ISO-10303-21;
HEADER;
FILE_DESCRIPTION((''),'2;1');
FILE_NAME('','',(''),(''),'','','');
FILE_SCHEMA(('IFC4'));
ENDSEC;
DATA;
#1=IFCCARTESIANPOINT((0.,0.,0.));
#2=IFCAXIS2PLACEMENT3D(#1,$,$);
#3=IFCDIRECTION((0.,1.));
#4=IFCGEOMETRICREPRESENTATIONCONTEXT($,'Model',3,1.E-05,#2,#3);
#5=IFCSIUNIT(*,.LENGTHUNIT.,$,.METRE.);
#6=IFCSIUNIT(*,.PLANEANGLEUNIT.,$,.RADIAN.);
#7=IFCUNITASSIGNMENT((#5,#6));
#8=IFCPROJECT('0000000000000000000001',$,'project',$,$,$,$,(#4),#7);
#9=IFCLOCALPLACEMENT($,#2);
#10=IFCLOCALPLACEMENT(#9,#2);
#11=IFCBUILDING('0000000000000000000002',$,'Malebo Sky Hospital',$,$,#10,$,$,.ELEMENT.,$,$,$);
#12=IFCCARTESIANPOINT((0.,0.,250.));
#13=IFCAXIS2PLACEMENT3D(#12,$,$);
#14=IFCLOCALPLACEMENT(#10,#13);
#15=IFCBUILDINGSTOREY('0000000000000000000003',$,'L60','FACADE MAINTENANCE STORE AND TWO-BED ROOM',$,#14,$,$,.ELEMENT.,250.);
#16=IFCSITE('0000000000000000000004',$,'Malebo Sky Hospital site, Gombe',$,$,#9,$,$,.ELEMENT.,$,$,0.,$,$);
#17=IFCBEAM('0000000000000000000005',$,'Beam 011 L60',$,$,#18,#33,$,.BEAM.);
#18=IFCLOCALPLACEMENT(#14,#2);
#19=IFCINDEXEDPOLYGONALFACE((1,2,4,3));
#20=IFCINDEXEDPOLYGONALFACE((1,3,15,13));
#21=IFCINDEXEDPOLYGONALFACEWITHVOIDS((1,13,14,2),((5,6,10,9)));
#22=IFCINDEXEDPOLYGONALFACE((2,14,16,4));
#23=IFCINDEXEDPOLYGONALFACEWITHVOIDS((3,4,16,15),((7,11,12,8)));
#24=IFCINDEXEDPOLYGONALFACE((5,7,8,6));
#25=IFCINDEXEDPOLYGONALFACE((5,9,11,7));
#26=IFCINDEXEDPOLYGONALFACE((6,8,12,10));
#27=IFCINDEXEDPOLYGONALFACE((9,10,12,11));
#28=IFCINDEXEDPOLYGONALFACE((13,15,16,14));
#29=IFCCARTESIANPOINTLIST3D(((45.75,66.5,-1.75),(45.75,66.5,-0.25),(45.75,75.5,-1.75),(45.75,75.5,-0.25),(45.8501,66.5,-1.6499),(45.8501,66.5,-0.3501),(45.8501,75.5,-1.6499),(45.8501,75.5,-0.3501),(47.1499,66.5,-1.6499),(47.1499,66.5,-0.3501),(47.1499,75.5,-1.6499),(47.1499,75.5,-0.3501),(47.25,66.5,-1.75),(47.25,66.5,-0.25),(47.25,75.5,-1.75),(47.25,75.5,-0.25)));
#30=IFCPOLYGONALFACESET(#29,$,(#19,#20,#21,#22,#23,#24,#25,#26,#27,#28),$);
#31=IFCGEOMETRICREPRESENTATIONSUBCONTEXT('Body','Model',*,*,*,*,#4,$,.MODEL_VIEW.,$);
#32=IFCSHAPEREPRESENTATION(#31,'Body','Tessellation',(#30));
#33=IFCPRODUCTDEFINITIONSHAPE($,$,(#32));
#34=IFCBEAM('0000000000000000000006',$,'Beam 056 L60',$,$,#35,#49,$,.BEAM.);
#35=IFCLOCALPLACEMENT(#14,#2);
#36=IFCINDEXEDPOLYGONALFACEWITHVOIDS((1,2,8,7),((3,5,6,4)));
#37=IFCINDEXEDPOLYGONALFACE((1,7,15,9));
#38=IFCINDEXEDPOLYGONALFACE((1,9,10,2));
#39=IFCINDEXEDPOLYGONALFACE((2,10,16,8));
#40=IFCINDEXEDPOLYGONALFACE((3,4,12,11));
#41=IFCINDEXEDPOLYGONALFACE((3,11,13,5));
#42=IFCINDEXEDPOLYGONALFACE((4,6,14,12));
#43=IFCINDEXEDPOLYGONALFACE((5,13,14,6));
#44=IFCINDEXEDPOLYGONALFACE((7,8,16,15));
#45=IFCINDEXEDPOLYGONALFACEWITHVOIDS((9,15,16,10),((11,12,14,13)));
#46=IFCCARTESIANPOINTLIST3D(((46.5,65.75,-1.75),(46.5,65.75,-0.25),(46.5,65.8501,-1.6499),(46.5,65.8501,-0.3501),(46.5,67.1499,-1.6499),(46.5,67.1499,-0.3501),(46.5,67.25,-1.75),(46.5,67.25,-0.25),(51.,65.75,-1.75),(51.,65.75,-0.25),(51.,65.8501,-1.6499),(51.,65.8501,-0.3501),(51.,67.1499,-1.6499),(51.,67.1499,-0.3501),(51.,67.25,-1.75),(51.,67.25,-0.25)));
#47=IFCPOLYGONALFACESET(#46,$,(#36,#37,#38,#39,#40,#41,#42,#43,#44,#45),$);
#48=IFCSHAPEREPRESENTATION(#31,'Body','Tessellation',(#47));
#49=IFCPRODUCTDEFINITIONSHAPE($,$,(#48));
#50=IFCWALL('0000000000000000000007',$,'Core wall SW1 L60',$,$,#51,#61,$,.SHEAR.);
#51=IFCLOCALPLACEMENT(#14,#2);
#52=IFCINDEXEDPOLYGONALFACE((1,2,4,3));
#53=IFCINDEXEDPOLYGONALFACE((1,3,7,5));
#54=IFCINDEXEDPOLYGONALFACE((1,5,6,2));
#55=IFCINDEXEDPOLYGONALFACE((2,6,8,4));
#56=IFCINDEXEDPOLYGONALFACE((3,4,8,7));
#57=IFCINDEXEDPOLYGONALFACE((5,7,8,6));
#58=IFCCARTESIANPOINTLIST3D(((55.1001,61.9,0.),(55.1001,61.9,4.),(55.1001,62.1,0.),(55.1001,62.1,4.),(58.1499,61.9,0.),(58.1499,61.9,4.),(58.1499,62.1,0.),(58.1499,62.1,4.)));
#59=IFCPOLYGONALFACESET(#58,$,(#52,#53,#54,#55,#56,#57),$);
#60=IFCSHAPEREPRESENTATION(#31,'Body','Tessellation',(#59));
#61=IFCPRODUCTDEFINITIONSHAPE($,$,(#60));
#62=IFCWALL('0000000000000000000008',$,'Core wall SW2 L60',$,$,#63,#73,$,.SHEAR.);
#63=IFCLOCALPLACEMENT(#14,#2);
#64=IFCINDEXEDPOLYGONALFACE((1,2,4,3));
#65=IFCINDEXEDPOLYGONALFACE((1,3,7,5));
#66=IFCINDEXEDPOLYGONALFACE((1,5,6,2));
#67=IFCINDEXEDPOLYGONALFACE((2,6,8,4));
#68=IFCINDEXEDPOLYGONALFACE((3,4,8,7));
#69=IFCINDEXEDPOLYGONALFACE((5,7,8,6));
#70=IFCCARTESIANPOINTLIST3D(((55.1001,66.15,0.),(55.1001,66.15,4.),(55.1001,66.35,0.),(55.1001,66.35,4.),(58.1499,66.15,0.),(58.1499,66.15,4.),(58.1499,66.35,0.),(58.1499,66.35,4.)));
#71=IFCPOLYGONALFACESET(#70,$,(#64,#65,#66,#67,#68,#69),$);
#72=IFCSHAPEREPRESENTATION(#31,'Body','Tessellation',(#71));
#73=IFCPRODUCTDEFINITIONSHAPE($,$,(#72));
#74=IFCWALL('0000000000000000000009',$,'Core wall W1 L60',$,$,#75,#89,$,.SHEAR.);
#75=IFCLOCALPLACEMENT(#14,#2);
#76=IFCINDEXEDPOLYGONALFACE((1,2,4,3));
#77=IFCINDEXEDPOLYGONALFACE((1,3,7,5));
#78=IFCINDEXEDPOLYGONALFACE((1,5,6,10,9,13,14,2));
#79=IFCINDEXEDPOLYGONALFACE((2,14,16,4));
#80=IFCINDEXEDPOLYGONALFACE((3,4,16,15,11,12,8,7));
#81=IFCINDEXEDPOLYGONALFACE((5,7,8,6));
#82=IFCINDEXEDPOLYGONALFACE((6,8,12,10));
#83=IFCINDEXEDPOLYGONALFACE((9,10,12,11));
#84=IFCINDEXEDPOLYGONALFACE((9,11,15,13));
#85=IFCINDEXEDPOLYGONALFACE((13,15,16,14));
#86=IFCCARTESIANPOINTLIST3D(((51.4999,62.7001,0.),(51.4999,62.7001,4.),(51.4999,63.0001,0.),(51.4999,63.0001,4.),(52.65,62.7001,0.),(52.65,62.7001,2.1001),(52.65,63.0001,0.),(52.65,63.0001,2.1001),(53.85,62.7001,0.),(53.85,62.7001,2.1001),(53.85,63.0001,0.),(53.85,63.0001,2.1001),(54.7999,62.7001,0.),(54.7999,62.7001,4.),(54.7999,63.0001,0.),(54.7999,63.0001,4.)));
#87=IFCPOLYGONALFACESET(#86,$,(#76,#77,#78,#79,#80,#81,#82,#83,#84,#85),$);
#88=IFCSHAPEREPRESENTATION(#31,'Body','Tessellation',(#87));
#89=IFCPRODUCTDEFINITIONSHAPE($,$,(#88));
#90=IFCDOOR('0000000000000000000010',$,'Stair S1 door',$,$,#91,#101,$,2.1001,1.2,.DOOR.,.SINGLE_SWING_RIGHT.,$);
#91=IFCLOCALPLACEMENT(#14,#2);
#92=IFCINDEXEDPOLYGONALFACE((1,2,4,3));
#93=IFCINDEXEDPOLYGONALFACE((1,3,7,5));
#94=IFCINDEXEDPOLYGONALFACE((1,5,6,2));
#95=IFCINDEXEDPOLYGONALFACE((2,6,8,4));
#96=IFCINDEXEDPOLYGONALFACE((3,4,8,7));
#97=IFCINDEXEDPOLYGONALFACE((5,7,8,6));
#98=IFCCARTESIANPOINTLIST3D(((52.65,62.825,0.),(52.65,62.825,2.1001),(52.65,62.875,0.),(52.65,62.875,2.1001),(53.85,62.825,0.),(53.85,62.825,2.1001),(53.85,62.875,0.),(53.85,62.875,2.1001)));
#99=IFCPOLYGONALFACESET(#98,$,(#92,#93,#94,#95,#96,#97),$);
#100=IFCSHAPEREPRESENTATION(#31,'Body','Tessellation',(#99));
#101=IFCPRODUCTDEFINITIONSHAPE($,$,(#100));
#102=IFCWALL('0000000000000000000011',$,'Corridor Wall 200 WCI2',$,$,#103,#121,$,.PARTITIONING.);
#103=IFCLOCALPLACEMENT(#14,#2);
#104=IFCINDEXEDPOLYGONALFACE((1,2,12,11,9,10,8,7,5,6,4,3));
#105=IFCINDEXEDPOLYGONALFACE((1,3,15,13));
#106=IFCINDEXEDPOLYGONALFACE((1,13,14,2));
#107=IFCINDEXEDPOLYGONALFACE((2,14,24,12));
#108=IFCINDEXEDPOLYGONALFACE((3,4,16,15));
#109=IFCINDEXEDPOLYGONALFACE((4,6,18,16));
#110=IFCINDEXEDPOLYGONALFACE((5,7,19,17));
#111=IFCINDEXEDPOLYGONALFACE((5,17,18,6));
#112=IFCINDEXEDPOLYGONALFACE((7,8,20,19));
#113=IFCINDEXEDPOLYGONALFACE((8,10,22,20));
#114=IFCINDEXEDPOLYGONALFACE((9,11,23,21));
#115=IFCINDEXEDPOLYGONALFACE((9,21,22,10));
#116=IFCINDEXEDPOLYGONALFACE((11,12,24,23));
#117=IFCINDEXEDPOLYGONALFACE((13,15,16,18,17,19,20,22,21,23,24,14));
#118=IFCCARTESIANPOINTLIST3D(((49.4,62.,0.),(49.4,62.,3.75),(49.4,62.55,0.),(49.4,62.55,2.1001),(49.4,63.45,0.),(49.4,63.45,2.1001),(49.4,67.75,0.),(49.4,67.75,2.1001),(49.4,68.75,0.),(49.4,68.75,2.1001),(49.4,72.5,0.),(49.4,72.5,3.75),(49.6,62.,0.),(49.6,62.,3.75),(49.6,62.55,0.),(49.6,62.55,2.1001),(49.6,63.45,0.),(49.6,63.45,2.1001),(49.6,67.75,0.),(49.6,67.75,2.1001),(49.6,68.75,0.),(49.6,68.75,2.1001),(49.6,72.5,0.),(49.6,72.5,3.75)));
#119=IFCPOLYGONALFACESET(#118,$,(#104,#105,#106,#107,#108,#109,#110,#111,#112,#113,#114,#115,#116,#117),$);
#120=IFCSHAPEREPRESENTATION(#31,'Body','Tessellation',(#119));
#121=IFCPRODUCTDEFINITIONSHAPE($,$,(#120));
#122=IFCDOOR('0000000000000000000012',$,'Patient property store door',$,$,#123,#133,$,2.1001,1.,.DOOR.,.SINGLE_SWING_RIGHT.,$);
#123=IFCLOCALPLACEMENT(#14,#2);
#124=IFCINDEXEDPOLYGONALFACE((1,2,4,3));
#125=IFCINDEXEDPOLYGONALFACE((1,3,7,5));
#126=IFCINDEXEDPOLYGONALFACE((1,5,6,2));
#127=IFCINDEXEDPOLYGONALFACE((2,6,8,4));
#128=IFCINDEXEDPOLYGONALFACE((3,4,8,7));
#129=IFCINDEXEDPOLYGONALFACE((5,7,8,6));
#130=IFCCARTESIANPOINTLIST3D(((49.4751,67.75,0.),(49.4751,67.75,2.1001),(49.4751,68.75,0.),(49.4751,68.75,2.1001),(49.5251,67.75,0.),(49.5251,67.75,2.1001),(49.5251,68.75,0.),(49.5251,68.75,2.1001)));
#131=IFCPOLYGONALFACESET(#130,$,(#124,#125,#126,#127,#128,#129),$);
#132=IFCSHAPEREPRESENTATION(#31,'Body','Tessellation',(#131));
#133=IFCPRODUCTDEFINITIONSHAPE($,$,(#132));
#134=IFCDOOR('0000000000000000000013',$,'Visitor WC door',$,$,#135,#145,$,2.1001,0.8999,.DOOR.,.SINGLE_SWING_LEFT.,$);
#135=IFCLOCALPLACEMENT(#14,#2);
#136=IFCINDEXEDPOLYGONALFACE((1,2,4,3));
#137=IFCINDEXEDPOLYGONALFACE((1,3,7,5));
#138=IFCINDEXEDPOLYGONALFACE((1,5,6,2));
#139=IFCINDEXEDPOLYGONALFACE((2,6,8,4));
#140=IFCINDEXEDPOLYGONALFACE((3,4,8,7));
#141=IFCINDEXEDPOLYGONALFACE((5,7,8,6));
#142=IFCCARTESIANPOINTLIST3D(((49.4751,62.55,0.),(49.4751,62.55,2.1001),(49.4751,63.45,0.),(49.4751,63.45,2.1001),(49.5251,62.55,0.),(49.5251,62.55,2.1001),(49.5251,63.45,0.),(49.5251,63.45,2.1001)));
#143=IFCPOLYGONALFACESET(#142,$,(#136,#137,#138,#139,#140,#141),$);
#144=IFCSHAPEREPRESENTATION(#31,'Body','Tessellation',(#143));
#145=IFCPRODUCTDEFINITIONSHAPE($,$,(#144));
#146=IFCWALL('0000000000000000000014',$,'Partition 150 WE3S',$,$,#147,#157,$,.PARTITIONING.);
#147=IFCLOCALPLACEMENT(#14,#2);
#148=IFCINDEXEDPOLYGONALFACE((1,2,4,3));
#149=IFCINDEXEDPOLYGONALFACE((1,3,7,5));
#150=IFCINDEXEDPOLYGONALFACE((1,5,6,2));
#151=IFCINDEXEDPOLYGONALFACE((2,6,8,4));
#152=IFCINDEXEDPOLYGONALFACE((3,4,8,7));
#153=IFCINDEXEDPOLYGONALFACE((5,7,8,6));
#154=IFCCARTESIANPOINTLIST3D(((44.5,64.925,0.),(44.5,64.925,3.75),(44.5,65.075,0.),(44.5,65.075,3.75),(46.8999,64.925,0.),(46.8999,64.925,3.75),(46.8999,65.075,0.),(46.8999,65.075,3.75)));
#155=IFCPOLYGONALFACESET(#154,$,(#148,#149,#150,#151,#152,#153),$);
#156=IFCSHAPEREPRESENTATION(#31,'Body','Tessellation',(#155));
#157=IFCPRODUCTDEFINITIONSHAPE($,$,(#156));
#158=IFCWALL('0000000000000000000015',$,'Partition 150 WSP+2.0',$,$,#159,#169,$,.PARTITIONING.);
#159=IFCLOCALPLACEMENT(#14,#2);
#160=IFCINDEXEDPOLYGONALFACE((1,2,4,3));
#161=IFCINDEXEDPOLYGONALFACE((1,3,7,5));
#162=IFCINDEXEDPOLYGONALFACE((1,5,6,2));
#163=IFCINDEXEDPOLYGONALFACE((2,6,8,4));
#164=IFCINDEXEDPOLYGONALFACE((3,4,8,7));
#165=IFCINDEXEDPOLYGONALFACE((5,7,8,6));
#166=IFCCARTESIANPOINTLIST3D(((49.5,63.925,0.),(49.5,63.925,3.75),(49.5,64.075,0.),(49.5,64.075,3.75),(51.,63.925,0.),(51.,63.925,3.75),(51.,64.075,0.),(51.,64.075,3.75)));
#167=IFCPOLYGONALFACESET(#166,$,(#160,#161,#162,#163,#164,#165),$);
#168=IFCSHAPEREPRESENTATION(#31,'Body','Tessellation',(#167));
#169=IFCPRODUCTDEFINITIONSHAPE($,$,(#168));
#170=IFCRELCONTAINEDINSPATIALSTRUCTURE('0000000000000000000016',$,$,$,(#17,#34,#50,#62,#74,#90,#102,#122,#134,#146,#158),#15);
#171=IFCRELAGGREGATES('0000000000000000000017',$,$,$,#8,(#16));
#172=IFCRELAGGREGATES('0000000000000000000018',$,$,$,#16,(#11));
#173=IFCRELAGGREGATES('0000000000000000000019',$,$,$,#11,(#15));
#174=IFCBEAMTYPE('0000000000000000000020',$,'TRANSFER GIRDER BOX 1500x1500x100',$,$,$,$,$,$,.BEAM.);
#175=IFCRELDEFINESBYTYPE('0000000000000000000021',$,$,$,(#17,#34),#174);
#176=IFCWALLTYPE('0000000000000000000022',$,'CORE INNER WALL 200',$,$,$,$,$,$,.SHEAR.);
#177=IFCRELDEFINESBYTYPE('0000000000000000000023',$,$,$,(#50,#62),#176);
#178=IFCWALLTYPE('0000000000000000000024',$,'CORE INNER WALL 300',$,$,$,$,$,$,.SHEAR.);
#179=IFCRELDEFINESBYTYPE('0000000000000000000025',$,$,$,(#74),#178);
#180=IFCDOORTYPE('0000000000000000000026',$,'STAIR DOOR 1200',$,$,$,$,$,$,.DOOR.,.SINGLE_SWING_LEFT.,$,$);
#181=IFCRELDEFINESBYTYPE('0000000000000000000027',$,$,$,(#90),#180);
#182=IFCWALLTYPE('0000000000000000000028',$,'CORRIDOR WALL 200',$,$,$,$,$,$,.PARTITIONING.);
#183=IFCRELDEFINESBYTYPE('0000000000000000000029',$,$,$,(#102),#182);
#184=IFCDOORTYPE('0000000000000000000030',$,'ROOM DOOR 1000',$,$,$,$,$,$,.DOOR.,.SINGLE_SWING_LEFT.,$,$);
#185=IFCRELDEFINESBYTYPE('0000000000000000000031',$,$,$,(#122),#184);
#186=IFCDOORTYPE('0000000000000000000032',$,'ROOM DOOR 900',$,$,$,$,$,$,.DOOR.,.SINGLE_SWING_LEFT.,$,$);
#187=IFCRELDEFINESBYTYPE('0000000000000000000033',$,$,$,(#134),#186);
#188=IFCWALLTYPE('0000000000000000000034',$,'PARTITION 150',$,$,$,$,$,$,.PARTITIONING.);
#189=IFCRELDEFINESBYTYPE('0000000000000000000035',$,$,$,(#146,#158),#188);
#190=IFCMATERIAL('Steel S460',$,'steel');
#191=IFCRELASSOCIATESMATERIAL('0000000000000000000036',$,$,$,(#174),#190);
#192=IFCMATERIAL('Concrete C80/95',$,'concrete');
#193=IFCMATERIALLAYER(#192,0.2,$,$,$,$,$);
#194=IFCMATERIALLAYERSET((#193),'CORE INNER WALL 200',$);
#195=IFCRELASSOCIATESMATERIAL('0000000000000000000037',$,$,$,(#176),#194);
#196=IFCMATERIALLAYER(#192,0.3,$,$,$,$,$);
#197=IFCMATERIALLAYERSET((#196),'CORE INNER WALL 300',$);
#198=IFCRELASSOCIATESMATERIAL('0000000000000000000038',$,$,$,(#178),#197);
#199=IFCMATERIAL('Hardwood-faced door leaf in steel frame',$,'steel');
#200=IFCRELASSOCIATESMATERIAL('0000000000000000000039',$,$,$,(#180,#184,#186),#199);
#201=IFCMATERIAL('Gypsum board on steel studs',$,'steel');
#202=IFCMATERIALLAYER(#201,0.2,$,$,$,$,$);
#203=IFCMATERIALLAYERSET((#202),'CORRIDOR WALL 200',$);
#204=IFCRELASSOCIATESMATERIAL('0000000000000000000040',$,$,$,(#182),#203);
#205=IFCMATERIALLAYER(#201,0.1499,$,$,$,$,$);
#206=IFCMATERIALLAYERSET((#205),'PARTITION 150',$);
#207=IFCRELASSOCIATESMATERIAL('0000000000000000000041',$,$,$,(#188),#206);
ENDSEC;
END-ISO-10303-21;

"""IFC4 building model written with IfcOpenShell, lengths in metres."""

from ifc_helpers import new_model, si_unit, direction, frame, frame_2d, origin, origin_2d, place, context, subcontext, project, spatial, rectangle, hollow_rectangle, extrude, material, layer, layer_set, material_profile, profile_set, type_object, element, fill, save


model = new_model("IFC4")

# Units and contexts
model_context = context("Model", 3, precision=1e-05, world=origin(), true_north=direction((0.0, 1.0)))
body_context = subcontext(model_context, "Body", "Model", "MODEL_VIEW")
ifc_project = project(units=[si_unit("LENGTHUNIT", "METRE"), si_unit("PLANEANGLEUNIT", "RADIAN")], contexts=[model_context])

# Site, building, storey
site_placement = place(None, origin())
site = spatial("IfcSite", under=ifc_project, at=site_placement, Name="Malebo Sky Hospital site, Gombe", CompositionType="ELEMENT", RefElevation=0.0)
building_placement = place(site_placement, origin())
building = spatial("IfcBuilding", under=site, at=building_placement, Name="Malebo Sky Hospital", CompositionType="ELEMENT")
storey_placement = place(building_placement, frame((0.0, 0.0, 250.0)))
storey = spatial("IfcBuildingStorey", under=building, at=storey_placement, Name="L60", Description="FACADE MAINTENANCE STORE AND TWO-BED ROOM", CompositionType="ELEMENT", Elevation=250.0)

# Beams
ifc_material_1 = material(Name="Steel S460", Category="steel")
ifc_material_profile = material_profile(ifc_material_1, hollow_rectangle(XDim=1.5, YDim=1.5, WallThickness=0.1001, at=origin_2d()), Name="BOX 1500x1500x100")
ifc_profile_set = profile_set([ifc_material_profile], Name="Steel S460")
beam_type = type_object("IfcBeamType", Name="TRANSFER GIRDER BOX 1500x1500x100", PredefinedType="BEAM", material=ifc_profile_set)
beam_1_placement = place(storey_placement, frame((46.5, 66.5, -1.0), z_axis=(0.0, 1.0, 0.0), x_axis=(-1.0, 0.0, 0.0)))
element("IfcBeam", 1, at=beam_1_placement, inside=storey, type_object=beam_type, Name="Beam 011 L60", PredefinedType="BEAM", context=body_context, shape_type="SweptSolid", body=[
    extrude(hollow_rectangle(XDim=1.5, YDim=1.5, WallThickness=0.1001, at=origin_2d()), origin(), (0.0, 0.0, 1.0), 9.0),
])
beam_2_placement = place(storey_placement, frame((46.5, 66.5, -1.0), z_axis=(1.0, 0.0, 0.0), x_axis=(0.0, 1.0, 0.0)))
element("IfcBeam", 2, at=beam_2_placement, inside=storey, type_object=beam_type, Name="Beam 056 L60", PredefinedType="BEAM", context=body_context, shape_type="SweptSolid", body=[
    extrude(hollow_rectangle(XDim=1.5, YDim=1.5, WallThickness=0.1001, at=origin_2d()), origin(), (0.0, 0.0, 1.0), 4.5),
])

# Walls
ifc_material_2 = material(Name="Concrete C80/95", Category="concrete")
ifc_layer_1 = layer(ifc_material_2, 0.2)
ifc_layer_set_1 = layer_set([ifc_layer_1], Name="CORE INNER WALL 200")
wall_type_1 = type_object("IfcWallType", Name="CORE INNER WALL 200", PredefinedType="SHEAR", material=ifc_layer_set_1)
for number, where, z_axis, x_axis, name in (
    (3, (55.1001, 62.0, 0.0), (0.0, 0.0, 1.0), (1.0, 0.0, 0.0), "Core wall SW1 L60"),
    (4, (55.1001, 66.25, 0.0), (0.0, 0.0, 1.0), (1.0, 0.0, 0.0), "Core wall SW2 L60"),
):
    element("IfcWall", number, at=place(storey_placement, frame(where, z_axis=z_axis, x_axis=x_axis)), inside=storey, type_object=wall_type_1, Name=name, PredefinedType="SHEAR", context=body_context, shape_type="SweptSolid", body=[
        extrude(rectangle(XDim=3.0498, YDim=0.2, at=frame_2d((1.5249, 0.0))), origin(), (0.0, 0.0, 1.0), 4.0),
    ])

# Wall, opening, door
ifc_layer_2 = layer(ifc_material_2, 0.3)
ifc_layer_set_2 = layer_set([ifc_layer_2], Name="CORE INNER WALL 300")
wall_type_2 = type_object("IfcWallType", Name="CORE INNER WALL 300", PredefinedType="SHEAR", material=ifc_layer_set_2)
wall_1_placement = place(storey_placement, frame((51.5, 62.8501, 0.0), z_axis=(0.0, 0.0, 1.0), x_axis=(1.0, 0.0, 0.0)))
wall_1 = element("IfcWall", 5, at=wall_1_placement, inside=storey, type_object=wall_type_2, Name="Core wall W1 L60", PredefinedType="SHEAR", context=body_context, shape_type="SweptSolid", body=[
    extrude(rectangle(XDim=3.3, YDim=0.3, at=frame_2d((1.6499, 0.0))), origin(), (0.0, 0.0, 1.0), 4.0),
])
opening_1_placement = place(wall_1_placement, frame((1.1499, 0.0, 0.0)))
opening_1 = element("IfcOpeningElement", 6, at=opening_1_placement, cuts=wall_1, PredefinedType="OPENING", context=body_context, shape_type="SweptSolid", body=[
    extrude(rectangle(XDim=1.2, YDim=2.1001, at=frame_2d((0.6001, 1.05))), frame((0.0, 0.1599, 0.0), z_axis=(0.0, -1.0, 0.0), x_axis=(1.0, 0.0, 0.0)), (0.0, 0.0, 1.0), 0.3201),
])
ifc_material_3 = material(Name="Hardwood-faced door leaf in steel frame", Category="steel")
door_type_1 = type_object("IfcDoorType", Name="STAIR DOOR 1200", OperationType="SINGLE_SWING_LEFT", PredefinedType="DOOR", material=ifc_material_3)
door_1_placement = place(opening_1_placement, origin())
door_1 = element("IfcDoor", 7, at=door_1_placement, inside=storey, type_object=door_type_1, Name="Stair S1 door", OperationType="SINGLE_SWING_RIGHT", OverallHeight=2.1001, OverallWidth=1.2, PredefinedType="DOOR", context=body_context, shape_type="SweptSolid", body=[
    extrude(rectangle(XDim=1.2, YDim=2.1001, at=frame_2d((0.6001, 1.05))), frame((0.0, 0.0249, 0.0), z_axis=(0.0, -1.0, 0.0), x_axis=(1.0, 0.0, 0.0)), (0.0, 0.0, 1.0), 0.05),
])
fill(opening_1, door_1)

# Wall, openings, doors
ifc_material_4 = material(Name="Gypsum board on steel studs", Category="steel")
ifc_layer_3 = layer(ifc_material_4, 0.2)
ifc_layer_set_3 = layer_set([ifc_layer_3], Name="CORRIDOR WALL 200")
wall_type_3 = type_object("IfcWallType", Name="CORRIDOR WALL 200", PredefinedType="PARTITIONING", material=ifc_layer_set_3)
wall_2_placement = place(storey_placement, frame((49.5, 62.0, 0.0), z_axis=(0.0, 0.0, 1.0), x_axis=(0.0, 1.0, 0.0)))
wall_2 = element("IfcWall", 8, at=wall_2_placement, inside=storey, type_object=wall_type_3, Name="Corridor Wall 200 WCI2", PredefinedType="PARTITIONING", context=body_context, shape_type="SweptSolid", body=[
    extrude(rectangle(XDim=10.5, YDim=0.2, at=frame_2d((5.25, 0.0))), origin(), (0.0, 0.0, 1.0), 3.75),
])
opening_2_placement = place(wall_2_placement, frame((0.55, 0.0, 0.0)))
opening_2 = element("IfcOpeningElement", 9, at=opening_2_placement, cuts=wall_2, PredefinedType="OPENING", context=body_context, shape_type="SweptSolid", body=[
    extrude(rectangle(XDim=0.8999, YDim=2.1001, at=frame_2d((0.45, 1.05))), frame((0.0, 0.1099, 0.0), z_axis=(0.0, -1.0, 0.0), x_axis=(1.0, 0.0, 0.0)), (0.0, 0.0, 1.0), 0.22),
])
opening_3_placement = place(wall_2_placement, frame((5.75, 0.0, 0.0)))
opening_3 = element("IfcOpeningElement", 10, at=opening_3_placement, cuts=wall_2, PredefinedType="OPENING", context=body_context, shape_type="SweptSolid", body=[
    extrude(rectangle(XDim=1.0, YDim=2.1001, at=frame_2d((0.5, 1.05))), frame((0.0, 0.1099, 0.0), z_axis=(0.0, -1.0, 0.0), x_axis=(1.0, 0.0, 0.0)), (0.0, 0.0, 1.0), 0.22),
])
door_type_2 = type_object("IfcDoorType", Name="ROOM DOOR 1000", OperationType="SINGLE_SWING_LEFT", PredefinedType="DOOR", material=ifc_material_3)
door_2_placement = place(opening_3_placement, origin())
door_2 = element("IfcDoor", 11, at=door_2_placement, inside=storey, type_object=door_type_2, Name="Patient property store door", OperationType="SINGLE_SWING_RIGHT", OverallHeight=2.1001, OverallWidth=1.0, PredefinedType="DOOR", context=body_context, shape_type="SweptSolid", body=[
    extrude(rectangle(XDim=1.0, YDim=2.1001, at=frame_2d((0.5, 1.05))), frame((0.0, 0.0249, 0.0), z_axis=(0.0, -1.0, 0.0), x_axis=(1.0, 0.0, 0.0)), (0.0, 0.0, 1.0), 0.05),
])
fill(opening_3, door_2)
door_type_3 = type_object("IfcDoorType", Name="ROOM DOOR 900", OperationType="SINGLE_SWING_LEFT", PredefinedType="DOOR", material=ifc_material_3)
door_3_placement = place(opening_2_placement, origin())
door_3 = element("IfcDoor", 12, at=door_3_placement, inside=storey, type_object=door_type_3, Name="Visitor WC door", OperationType="SINGLE_SWING_LEFT", OverallHeight=2.1001, OverallWidth=0.8999, PredefinedType="DOOR", context=body_context, shape_type="SweptSolid", body=[
    extrude(rectangle(XDim=0.8999, YDim=2.1001, at=frame_2d((0.45, 1.05))), frame((0.0, 0.0249, 0.0), z_axis=(0.0, -1.0, 0.0), x_axis=(1.0, 0.0, 0.0)), (0.0, 0.0, 1.0), 0.05),
])
fill(opening_2, door_3)

# Walls
ifc_layer_4 = layer(ifc_material_4, 0.1499)
ifc_layer_set_4 = layer_set([ifc_layer_4], Name="PARTITION 150")
wall_type_4 = type_object("IfcWallType", Name="PARTITION 150", PredefinedType="PARTITIONING", material=ifc_layer_set_4)
wall_3_placement = place(storey_placement, frame((46.8999, 65.0, 0.0), z_axis=(0.0, 0.0, 1.0), x_axis=(-1.0, 0.0, 0.0)))
element("IfcWall", 13, at=wall_3_placement, inside=storey, type_object=wall_type_4, Name="Partition 150 WE3S", PredefinedType="PARTITIONING", context=body_context, shape_type="SweptSolid", body=[
    extrude(rectangle(XDim=2.3999, YDim=0.1499, at=frame_2d((1.2, 0.0))), origin(), (0.0, 0.0, 1.0), 3.75),
])
wall_4_placement = place(storey_placement, frame((51.0, 64.0, 0.0), z_axis=(0.0, 0.0, 1.0), x_axis=(-1.0, 0.0, 0.0)))
element("IfcWall", 14, at=wall_4_placement, inside=storey, type_object=wall_type_4, Name="Partition 150 WSP+2.0", PredefinedType="PARTITIONING", context=body_context, shape_type="SweptSolid", body=[
    extrude(rectangle(XDim=1.5, YDim=0.1499, at=frame_2d((0.75, 0.0))), origin(), (0.0, 0.0, 1.0), 3.75),
])

save(model, "model.ifc")
